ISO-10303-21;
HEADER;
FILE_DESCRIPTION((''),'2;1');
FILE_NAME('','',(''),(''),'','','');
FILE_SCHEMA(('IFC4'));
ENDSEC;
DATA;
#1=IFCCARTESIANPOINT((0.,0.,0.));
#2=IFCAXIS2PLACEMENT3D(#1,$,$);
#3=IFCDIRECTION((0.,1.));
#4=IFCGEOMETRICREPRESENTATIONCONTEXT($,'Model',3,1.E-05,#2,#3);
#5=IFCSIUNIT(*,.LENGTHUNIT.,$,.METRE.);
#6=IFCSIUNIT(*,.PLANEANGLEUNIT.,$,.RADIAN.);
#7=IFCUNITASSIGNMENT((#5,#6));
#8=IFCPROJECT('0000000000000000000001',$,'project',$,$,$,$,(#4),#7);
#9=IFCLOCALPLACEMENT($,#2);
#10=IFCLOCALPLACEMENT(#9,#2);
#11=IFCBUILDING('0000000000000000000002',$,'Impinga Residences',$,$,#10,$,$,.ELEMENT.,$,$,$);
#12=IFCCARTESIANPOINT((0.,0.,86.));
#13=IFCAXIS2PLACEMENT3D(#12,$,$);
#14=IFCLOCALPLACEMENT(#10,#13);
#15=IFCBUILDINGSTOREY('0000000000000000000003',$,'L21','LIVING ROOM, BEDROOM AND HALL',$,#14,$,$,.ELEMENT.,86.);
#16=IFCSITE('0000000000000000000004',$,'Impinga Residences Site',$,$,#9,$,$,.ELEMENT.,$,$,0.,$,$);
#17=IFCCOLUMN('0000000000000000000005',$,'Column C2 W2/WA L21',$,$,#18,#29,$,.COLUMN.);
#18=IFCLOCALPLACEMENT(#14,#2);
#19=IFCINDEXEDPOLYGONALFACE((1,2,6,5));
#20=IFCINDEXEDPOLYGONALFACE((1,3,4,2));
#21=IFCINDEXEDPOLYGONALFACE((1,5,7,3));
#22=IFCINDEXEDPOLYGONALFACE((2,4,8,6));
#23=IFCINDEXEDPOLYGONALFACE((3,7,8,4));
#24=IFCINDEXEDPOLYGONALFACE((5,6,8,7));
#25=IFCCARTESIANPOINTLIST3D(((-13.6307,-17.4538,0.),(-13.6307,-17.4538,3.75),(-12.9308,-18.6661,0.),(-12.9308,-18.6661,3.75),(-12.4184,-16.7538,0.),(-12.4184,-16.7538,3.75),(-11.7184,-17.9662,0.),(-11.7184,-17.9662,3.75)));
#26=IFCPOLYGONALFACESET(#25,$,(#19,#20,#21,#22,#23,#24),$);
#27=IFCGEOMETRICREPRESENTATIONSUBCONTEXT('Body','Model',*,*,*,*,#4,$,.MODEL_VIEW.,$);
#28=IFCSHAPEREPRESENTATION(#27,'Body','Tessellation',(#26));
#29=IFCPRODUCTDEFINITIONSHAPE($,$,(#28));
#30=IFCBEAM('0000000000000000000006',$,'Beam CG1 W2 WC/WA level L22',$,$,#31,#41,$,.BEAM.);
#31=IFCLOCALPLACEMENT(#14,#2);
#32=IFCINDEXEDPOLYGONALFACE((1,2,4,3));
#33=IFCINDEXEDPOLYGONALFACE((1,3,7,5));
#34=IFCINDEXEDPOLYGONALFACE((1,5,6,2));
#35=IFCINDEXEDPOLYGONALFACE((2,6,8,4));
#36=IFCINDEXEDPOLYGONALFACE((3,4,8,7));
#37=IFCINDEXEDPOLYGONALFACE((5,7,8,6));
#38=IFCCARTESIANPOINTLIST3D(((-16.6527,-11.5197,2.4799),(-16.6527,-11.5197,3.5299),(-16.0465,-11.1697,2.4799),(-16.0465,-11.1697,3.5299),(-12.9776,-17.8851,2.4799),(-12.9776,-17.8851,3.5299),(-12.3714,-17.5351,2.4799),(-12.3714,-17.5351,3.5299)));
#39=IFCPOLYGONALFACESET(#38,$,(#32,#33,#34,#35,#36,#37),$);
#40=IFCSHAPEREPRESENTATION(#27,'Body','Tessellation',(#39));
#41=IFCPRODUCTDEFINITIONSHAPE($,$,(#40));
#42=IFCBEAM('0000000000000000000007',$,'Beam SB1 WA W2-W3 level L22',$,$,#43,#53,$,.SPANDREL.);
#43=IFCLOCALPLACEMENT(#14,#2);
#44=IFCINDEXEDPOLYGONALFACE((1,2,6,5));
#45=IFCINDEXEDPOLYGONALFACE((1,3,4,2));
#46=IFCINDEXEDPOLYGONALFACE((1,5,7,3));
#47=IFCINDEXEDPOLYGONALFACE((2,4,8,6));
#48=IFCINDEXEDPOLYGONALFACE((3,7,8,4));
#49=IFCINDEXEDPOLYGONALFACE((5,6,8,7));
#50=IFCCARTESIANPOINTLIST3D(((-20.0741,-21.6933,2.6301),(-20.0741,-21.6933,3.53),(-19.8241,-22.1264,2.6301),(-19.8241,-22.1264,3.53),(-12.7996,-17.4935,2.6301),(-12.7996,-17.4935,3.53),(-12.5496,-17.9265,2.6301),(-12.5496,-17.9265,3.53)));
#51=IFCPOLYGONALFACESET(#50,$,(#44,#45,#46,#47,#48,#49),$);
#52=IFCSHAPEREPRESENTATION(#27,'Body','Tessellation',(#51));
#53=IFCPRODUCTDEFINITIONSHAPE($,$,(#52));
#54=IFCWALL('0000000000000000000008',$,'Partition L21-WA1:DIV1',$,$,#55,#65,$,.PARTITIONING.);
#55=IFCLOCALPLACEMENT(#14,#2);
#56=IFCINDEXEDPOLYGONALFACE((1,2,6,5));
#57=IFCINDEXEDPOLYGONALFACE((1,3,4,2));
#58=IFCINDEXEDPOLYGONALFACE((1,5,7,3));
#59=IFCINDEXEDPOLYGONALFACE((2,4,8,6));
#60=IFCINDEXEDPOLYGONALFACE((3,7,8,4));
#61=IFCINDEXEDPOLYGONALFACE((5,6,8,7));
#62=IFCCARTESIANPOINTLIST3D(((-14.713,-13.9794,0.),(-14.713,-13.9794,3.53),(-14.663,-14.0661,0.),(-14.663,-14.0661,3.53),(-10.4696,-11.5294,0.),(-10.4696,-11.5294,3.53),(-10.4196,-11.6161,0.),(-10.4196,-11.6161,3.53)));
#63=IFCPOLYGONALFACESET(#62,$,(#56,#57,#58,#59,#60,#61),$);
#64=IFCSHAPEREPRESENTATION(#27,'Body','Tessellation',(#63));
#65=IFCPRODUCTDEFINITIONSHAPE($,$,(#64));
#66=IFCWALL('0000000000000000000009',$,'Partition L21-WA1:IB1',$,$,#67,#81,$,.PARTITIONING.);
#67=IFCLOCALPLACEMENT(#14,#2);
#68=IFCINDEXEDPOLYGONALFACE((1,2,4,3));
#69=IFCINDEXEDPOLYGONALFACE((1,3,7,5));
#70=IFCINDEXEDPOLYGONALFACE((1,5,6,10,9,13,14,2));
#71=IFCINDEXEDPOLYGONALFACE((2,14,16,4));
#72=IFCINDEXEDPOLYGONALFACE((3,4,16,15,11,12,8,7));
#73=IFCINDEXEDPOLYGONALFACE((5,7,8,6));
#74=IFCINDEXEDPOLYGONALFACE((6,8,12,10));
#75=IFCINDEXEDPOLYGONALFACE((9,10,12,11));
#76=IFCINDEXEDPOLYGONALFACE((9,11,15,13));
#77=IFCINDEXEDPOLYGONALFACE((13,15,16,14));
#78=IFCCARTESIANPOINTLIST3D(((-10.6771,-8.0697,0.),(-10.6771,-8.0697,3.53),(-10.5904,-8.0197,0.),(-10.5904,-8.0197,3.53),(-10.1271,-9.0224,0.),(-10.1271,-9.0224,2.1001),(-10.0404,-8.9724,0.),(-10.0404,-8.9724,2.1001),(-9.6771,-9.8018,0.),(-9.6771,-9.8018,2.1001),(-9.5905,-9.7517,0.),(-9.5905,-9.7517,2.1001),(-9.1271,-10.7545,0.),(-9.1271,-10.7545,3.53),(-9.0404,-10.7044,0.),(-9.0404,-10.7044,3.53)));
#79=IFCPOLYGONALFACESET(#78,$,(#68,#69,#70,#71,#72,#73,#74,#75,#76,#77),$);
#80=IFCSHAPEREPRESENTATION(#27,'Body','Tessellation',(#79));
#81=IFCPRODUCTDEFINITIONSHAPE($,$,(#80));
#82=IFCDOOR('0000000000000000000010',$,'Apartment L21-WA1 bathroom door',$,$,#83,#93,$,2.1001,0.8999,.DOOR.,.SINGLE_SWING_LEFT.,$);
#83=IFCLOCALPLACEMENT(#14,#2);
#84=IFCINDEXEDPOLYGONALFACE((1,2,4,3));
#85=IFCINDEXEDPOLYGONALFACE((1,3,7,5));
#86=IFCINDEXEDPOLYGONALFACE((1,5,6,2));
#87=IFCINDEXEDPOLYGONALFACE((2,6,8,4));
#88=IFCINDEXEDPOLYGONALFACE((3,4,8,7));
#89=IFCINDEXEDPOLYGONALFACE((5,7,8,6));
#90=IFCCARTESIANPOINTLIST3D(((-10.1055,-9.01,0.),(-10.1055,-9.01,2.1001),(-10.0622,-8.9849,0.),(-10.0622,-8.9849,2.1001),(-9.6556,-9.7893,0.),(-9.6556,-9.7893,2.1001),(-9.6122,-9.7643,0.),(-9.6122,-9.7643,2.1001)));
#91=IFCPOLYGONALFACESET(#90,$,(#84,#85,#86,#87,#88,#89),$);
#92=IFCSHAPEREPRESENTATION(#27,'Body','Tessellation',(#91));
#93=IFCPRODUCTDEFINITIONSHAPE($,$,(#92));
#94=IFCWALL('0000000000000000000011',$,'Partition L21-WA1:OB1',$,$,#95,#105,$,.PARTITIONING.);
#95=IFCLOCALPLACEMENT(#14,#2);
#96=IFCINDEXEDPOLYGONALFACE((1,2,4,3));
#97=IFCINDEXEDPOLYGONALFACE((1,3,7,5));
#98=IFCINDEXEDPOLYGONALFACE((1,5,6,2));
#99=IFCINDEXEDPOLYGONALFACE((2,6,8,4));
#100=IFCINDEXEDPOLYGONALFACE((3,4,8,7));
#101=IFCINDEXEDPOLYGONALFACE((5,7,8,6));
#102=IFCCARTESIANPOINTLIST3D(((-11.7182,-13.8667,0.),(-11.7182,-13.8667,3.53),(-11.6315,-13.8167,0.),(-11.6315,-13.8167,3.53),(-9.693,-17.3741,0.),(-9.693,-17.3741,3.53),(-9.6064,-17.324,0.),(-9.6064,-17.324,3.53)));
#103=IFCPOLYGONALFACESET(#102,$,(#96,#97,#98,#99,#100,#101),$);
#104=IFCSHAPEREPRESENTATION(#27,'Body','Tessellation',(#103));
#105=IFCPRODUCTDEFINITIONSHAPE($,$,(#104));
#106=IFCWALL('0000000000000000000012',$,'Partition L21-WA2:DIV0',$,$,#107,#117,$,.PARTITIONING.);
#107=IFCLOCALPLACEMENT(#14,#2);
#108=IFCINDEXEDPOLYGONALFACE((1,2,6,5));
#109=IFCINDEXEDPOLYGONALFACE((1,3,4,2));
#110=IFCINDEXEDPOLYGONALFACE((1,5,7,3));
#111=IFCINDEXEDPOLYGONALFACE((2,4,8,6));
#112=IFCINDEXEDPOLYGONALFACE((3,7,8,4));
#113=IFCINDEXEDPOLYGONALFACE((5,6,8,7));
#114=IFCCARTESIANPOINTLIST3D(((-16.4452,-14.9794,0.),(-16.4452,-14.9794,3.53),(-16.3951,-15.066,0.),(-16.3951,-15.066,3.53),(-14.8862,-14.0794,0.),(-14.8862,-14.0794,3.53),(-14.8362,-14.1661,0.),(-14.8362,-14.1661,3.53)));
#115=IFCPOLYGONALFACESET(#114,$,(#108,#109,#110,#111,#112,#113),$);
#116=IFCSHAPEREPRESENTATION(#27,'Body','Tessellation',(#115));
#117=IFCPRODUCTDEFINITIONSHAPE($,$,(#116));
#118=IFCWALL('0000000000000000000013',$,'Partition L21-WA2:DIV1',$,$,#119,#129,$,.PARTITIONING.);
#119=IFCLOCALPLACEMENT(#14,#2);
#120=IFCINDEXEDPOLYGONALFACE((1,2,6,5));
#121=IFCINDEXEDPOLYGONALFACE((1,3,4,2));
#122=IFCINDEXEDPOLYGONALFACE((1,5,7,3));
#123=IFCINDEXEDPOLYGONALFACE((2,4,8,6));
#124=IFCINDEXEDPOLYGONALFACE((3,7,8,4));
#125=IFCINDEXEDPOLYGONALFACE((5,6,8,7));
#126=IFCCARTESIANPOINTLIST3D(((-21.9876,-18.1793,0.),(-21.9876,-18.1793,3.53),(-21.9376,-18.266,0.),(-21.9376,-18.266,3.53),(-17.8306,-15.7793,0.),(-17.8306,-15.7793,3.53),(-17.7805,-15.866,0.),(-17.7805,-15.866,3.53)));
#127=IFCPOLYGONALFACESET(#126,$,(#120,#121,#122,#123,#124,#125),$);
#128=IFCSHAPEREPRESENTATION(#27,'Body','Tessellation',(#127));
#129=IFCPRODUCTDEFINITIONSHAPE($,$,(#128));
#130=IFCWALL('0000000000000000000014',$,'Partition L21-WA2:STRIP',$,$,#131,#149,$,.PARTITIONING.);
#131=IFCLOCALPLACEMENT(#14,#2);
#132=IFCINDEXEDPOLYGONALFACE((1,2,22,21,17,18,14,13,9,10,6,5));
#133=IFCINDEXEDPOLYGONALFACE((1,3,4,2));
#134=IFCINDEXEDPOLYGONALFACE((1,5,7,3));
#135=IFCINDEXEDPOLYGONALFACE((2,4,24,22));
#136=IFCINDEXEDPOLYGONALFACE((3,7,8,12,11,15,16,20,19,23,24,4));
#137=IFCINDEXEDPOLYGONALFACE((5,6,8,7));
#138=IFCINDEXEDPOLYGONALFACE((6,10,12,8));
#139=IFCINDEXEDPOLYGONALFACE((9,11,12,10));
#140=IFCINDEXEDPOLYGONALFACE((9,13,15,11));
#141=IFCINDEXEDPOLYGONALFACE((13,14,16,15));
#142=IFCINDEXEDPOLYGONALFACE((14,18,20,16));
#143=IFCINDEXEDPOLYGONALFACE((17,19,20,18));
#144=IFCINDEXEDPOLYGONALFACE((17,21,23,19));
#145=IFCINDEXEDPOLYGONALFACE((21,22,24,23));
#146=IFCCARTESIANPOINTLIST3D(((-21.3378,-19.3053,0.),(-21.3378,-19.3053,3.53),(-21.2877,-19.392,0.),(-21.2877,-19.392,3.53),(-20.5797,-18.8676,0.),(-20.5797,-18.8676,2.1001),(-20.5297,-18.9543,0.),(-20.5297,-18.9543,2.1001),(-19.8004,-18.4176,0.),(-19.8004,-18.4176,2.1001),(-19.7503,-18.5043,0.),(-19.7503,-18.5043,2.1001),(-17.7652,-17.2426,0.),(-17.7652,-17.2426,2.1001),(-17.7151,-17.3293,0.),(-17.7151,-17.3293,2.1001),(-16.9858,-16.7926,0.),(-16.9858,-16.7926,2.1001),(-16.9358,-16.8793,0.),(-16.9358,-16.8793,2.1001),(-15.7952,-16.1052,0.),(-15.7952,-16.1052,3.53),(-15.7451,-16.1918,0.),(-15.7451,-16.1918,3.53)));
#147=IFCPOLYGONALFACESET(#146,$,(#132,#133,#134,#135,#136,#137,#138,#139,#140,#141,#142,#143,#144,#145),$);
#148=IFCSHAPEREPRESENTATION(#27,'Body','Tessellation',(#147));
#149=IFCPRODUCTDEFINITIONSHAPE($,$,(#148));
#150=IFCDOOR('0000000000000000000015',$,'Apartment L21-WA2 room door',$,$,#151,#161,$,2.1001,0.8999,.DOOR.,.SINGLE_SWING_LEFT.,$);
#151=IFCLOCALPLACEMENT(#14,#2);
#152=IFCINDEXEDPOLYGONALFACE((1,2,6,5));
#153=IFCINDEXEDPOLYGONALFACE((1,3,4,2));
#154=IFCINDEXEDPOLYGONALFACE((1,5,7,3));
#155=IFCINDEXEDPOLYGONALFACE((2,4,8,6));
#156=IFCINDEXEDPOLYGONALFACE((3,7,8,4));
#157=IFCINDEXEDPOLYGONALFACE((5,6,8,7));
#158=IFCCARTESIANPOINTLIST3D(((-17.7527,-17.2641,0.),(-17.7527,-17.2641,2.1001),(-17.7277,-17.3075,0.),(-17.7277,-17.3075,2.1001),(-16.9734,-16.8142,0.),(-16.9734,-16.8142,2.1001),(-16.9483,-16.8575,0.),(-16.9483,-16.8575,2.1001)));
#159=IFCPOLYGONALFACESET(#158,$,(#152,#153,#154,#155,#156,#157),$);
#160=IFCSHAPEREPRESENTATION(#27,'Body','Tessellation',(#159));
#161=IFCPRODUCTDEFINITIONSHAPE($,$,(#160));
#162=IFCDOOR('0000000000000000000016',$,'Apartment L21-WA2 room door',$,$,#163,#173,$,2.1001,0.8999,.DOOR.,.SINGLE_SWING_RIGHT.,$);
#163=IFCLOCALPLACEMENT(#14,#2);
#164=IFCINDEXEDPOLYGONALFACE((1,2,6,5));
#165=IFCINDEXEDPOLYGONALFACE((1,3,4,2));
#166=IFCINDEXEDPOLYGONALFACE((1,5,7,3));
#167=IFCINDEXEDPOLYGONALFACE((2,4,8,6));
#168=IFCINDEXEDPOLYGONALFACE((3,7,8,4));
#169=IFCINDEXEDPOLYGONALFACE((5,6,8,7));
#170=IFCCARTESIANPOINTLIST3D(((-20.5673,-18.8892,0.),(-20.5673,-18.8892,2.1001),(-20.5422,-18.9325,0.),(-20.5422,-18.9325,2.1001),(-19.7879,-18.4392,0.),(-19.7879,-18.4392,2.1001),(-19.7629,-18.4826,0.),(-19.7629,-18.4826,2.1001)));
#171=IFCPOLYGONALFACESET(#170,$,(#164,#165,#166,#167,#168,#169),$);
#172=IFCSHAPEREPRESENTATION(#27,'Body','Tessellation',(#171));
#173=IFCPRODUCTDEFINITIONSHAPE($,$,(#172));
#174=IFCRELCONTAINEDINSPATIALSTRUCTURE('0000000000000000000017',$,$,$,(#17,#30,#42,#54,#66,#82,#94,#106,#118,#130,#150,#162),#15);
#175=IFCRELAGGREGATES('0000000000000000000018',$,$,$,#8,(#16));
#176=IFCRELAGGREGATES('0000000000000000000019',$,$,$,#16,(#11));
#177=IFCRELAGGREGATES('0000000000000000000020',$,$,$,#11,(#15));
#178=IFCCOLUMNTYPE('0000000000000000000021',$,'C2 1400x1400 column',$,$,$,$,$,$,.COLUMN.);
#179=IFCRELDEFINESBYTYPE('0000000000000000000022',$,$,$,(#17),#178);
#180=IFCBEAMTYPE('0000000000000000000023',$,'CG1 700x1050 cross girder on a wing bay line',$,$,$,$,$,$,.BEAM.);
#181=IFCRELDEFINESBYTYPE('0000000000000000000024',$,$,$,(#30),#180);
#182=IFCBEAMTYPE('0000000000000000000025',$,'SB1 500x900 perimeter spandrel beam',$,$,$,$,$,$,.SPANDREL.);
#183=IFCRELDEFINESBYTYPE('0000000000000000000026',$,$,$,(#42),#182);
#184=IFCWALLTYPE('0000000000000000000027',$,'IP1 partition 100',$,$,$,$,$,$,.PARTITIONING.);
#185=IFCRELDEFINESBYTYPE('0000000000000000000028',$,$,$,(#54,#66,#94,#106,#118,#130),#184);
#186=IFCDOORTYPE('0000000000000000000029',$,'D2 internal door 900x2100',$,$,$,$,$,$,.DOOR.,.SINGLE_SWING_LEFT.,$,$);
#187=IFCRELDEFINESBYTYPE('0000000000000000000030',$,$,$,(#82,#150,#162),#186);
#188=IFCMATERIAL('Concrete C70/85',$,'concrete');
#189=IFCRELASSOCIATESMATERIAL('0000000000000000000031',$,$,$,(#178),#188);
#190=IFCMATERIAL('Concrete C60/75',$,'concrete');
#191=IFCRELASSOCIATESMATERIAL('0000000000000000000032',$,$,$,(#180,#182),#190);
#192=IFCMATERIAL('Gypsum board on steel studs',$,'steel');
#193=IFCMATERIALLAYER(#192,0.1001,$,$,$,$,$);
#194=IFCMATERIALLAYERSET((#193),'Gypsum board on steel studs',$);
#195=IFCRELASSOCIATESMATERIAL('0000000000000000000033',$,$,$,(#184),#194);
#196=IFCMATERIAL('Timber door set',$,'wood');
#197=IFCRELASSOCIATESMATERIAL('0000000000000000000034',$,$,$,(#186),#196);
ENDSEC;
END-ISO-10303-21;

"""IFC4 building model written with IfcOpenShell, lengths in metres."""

from ifc_helpers import new_model, si_unit, direction, frame, frame_2d, origin, origin_2d, place, context, subcontext, project, spatial, rectangle, extrude, material, layer, layer_set, material_profile, profile_set, type_object, element, fill, save


model = new_model("IFC4")

# Units and contexts
model_context = context("Model", 3, precision=1e-05, world=origin(), true_north=direction((0.0, 1.0)))
body_context = subcontext(model_context, "Body", "Model", "MODEL_VIEW")
ifc_project = project(units=[si_unit("LENGTHUNIT", "METRE"), si_unit("PLANEANGLEUNIT", "RADIAN")], contexts=[model_context])

# Site, building, storey
site_placement = place(None, origin())
site = spatial("IfcSite", under=ifc_project, at=site_placement, Name="Impinga Residences Site", CompositionType="ELEMENT", RefElevation=0.0)
building_placement = place(site_placement, origin())
building = spatial("IfcBuilding", under=site, at=building_placement, Name="Impinga Residences", CompositionType="ELEMENT")
storey_placement = place(building_placement, frame((0.0, 0.0, 86.0)))
storey = spatial("IfcBuildingStorey", under=building, at=storey_placement, Name="L21", Description="LIVING ROOM, BEDROOM AND HALL", CompositionType="ELEMENT", Elevation=86.0)

# Column
ifc_material_1 = material(Name="Concrete C70/85", Category="concrete")
ifc_material_profile_1 = material_profile(ifc_material_1, rectangle(XDim=1.3999, YDim=1.3999, at=origin_2d()), Name="RC 1400x1400")
ifc_profile_set_1 = profile_set([ifc_material_profile_1], Name="Concrete C70/85")
column_type = type_object("IfcColumnType", Name="C2 1400x1400 column", PredefinedType="COLUMN", material=ifc_profile_set_1)
column_placement = place(storey_placement, frame((-12.6746, -17.71, 0.0), z_axis=(0.0, 0.0, 1.0), x_axis=(-0.5, 0.866025, 0.0)))
element("IfcColumn", 1, at=column_placement, inside=storey, type_object=column_type, Name="Column C2 W2/WA L21", PredefinedType="COLUMN", context=body_context, shape_type="SweptSolid", body=[
    extrude(rectangle(XDim=1.3999, YDim=1.3999, at=origin_2d()), origin(), (0.0, 0.0, 1.0), 3.75),
])

# Beams
ifc_material_2 = material(Name="Concrete C60/75", Category="concrete")
ifc_material_profile_2 = material_profile(ifc_material_2, rectangle(XDim=0.7, YDim=1.05, at=origin_2d()), Name="RC 700x1050")
ifc_profile_set_2 = profile_set([ifc_material_profile_2], Name="Concrete C60/75")
beam_type_1 = type_object("IfcBeamType", Name="CG1 700x1050 cross girder on a wing bay line", PredefinedType="BEAM", material=ifc_profile_set_2)
beam_1_placement = place(storey_placement, frame((-16.3496, -11.3447, 3.0049), z_axis=(0.500008, -0.866021, 0.0), x_axis=(0.866021, 0.500008, 0.0)))
element("IfcBeam", 2, at=beam_1_placement, inside=storey, type_object=beam_type_1, Name="Beam CG1 W2 WC/WA level L22", PredefinedType="BEAM", context=body_context, shape_type="SweptSolid", body=[
    extrude(rectangle(XDim=0.7, YDim=1.05, at=origin_2d()), origin(), (0.0, 0.0, 1.0), 7.3501),
])
ifc_material_profile_3 = material_profile(ifc_material_2, rectangle(XDim=0.5, YDim=0.8999, at=origin_2d()), Name="RC 500x900")
ifc_profile_set_3 = profile_set([ifc_material_profile_3], Name="Concrete C60/75")
beam_type_2 = type_object("IfcBeamType", Name="SB1 500x900 perimeter spandrel beam", PredefinedType="SPANDREL", material=ifc_profile_set_3)
beam_2_placement = place(storey_placement, frame((-12.6746, -17.71, 3.0801), z_axis=(-0.866029, -0.499993, 0.0), x_axis=(0.499993, -0.866029, 0.0)))
element("IfcBeam", 3, at=beam_2_placement, inside=storey, type_object=beam_type_2, Name="Beam SB1 WA W2-W3 level L22", PredefinedType="SPANDREL", context=body_context, shape_type="SweptSolid", body=[
    extrude(rectangle(XDim=0.5, YDim=0.8999, at=origin_2d()), origin(), (0.0, 0.0, 1.0), 8.3999),
])

# Wall
ifc_material_3 = material(Name="Gypsum board on steel studs", Category="steel")
ifc_layer_1 = layer(ifc_material_3, 0.1001)
ifc_layer_set_1 = layer_set([ifc_layer_1], Name="Gypsum board on steel studs")
wall_type_1 = type_object("IfcWallType", Name="IP1 partition 100", PredefinedType="PARTITIONING", material=ifc_layer_set_1)
wall_1_placement = place(storey_placement, frame((-10.4446, -11.5728, 0.0), z_axis=(0.0, 0.0, 1.0), x_axis=(-0.866024, -0.500003, 0.0)))
element("IfcWall", 4, at=wall_1_placement, inside=storey, type_object=wall_type_1, Name="Partition L21-WA1:DIV1", PredefinedType="PARTITIONING", context=body_context, shape_type="SweptSolid", body=[
    extrude(rectangle(XDim=4.8999, YDim=0.1001, at=frame_2d((2.45, 0.0))), origin(), (0.0, 0.0, 1.0), 3.53),
])

# Wall, opening, door
wall_2_placement = place(storey_placement, frame((-10.6338, -8.0447, 0.0), z_axis=(0.0, 0.0, 1.0), x_axis=(0.499993, -0.86603, 0.0)))
wall_2 = element("IfcWall", 5, at=wall_2_placement, inside=storey, type_object=wall_type_1, Name="Partition L21-WA1:IB1", PredefinedType="PARTITIONING", context=body_context, shape_type="SweptSolid", body=[
    extrude(rectangle(XDim=3.1001, YDim=0.1001, at=frame_2d((1.55, 0.0))), origin(), (0.0, 0.0, 1.0), 3.53),
])
opening_1_placement = place(wall_2_placement, frame((1.1001, 0.0, 0.0)))
opening_1 = element("IfcOpeningElement", 6, at=opening_1_placement, cuts=wall_2, PredefinedType="OPENING", context=body_context, shape_type="SweptSolid", body=[
    extrude(rectangle(XDim=0.8999, YDim=2.1001, at=frame_2d((0.45, 1.05))), frame((0.0, 0.0601, 0.0), z_axis=(0.0, -1.0, 0.0), x_axis=(1.0, 0.0, 0.0)), (0.0, 0.0, 1.0), 0.1201),
])
ifc_material_4 = material(Name="Timber door set", Category="wood")
door_type = type_object("IfcDoorType", Name="D2 internal door 900x2100", OperationType="SINGLE_SWING_LEFT", PredefinedType="DOOR", material=ifc_material_4)
door_1_placement = place(opening_1_placement, origin())
door_1 = element("IfcDoor", 7, at=door_1_placement, inside=storey, type_object=door_type, Name="Apartment L21-WA1 bathroom door", OperationType="SINGLE_SWING_LEFT", OverallHeight=2.1001, OverallWidth=0.8999, PredefinedType="DOOR", context=body_context, shape_type="SweptSolid", body=[
    extrude(rectangle(XDim=0.8999, YDim=2.1001, at=frame_2d((0.45, 1.05))), frame((0.0, 0.0249, 0.0), z_axis=(0.0, -1.0, 0.0), x_axis=(1.0, 0.0, 0.0)), (0.0, 0.0, 1.0), 0.05),
])
fill(opening_1, door_1)

# Walls
wall_3_placement = place(storey_placement, frame((-11.6748, -13.8418, 0.0), z_axis=(0.0, 0.0, 1.0), x_axis=(0.500036, -0.866005, 0.0)))
element("IfcWall", 8, at=wall_3_placement, inside=storey, type_object=wall_type_1, Name="Partition L21-WA1:OB1", PredefinedType="PARTITIONING", context=body_context, shape_type="SweptSolid", body=[
    extrude(rectangle(XDim=4.05, YDim=0.1001, at=frame_2d((2.0249, 0.0))), origin(), (0.0, 0.0, 1.0), 3.53),
])
wall_4_placement = place(storey_placement, frame((-14.8613, -14.1228, 0.0), z_axis=(0.0, 0.0, 1.0), x_axis=(-0.866048, -0.499961, 0.0)))
element("IfcWall", 9, at=wall_4_placement, inside=storey, type_object=wall_type_1, Name="Partition L21-WA2:DIV0", PredefinedType="PARTITIONING", context=body_context, shape_type="SweptSolid", body=[
    extrude(rectangle(XDim=1.8, YDim=0.1001, at=frame_2d((0.8999, 0.0))), origin(), (0.0, 0.0, 1.0), 3.53),
])
wall_5_placement = place(storey_placement, frame((-17.8057, -15.8228, 0.0), z_axis=(0.0, 0.0, 1.0), x_axis=(-0.866037, -0.499979, 0.0)))
element("IfcWall", 10, at=wall_5_placement, inside=storey, type_object=wall_type_1, Name="Partition L21-WA2:DIV1", PredefinedType="PARTITIONING", context=body_context, shape_type="SweptSolid", body=[
    extrude(rectangle(XDim=4.8, YDim=0.1001, at=frame_2d((2.3999, 0.0))), origin(), (0.0, 0.0, 1.0), 3.53),
])

# Wall, openings, doors
wall_6_placement = place(storey_placement, frame((-15.77, -16.1484, 0.0), z_axis=(0.0, 0.0, 1.0), x_axis=(-0.866019, -0.500012, 0.0)))
wall_6 = element("IfcWall", 11, at=wall_6_placement, inside=storey, type_object=wall_type_1, Name="Partition L21-WA2:STRIP", PredefinedType="PARTITIONING", context=body_context, shape_type="SweptSolid", body=[
    extrude(rectangle(XDim=6.4001, YDim=0.1001, at=frame_2d((3.2002, 0.0))), origin(), (0.0, 0.0, 1.0), 3.53),
])
opening_2_placement = place(wall_6_placement, frame((1.375, 0.0, 0.0)))
opening_2 = element("IfcOpeningElement", 12, at=opening_2_placement, cuts=wall_6, PredefinedType="OPENING", context=body_context, shape_type="SweptSolid", body=[
    extrude(rectangle(XDim=0.8999, YDim=2.1001, at=frame_2d((0.45, 1.05))), frame((0.0, 0.0601, 0.0), z_axis=(0.0, -1.0, 0.0), x_axis=(1.0, 0.0, 0.0)), (0.0, 0.0, 1.0), 0.1201),
])
opening_3_placement = place(wall_6_placement, frame((4.625, 0.0, 0.0)))
opening_3 = element("IfcOpeningElement", 13, at=opening_3_placement, cuts=wall_6, PredefinedType="OPENING", context=body_context, shape_type="SweptSolid", body=[
    extrude(rectangle(XDim=0.8999, YDim=2.1001, at=frame_2d((0.45, 1.05))), frame((0.0, 0.0601, 0.0), z_axis=(0.0, -1.0, 0.0), x_axis=(1.0, 0.0, 0.0)), (0.0, 0.0, 1.0), 0.1201),
])
door_2_placement = place(opening_2_placement, origin())
door_2 = element("IfcDoor", 14, at=door_2_placement, inside=storey, type_object=door_type, Name="Apartment L21-WA2 room door", OperationType="SINGLE_SWING_LEFT", OverallHeight=2.1001, OverallWidth=0.8999, PredefinedType="DOOR", context=body_context, shape_type="SweptSolid", body=[
    extrude(rectangle(XDim=0.8999, YDim=2.1001, at=frame_2d((0.45, 1.05))), frame((0.0, 0.0249, 0.0), z_axis=(0.0, -1.0, 0.0), x_axis=(1.0, 0.0, 0.0)), (0.0, 0.0, 1.0), 0.05),
])
fill(opening_2, door_2)
door_3_placement = place(opening_3_placement, origin())
door_3 = element("IfcDoor", 15, at=door_3_placement, inside=storey, type_object=door_type, Name="Apartment L21-WA2 room door", OperationType="SINGLE_SWING_RIGHT", OverallHeight=2.1001, OverallWidth=0.8999, PredefinedType="DOOR", context=body_context, shape_type="SweptSolid", body=[
    extrude(rectangle(XDim=0.8999, YDim=2.1001, at=frame_2d((0.45, 1.05))), frame((0.0, 0.0249, 0.0), z_axis=(0.0, -1.0, 0.0), x_axis=(1.0, 0.0, 0.0)), (0.0, 0.0, 1.0), 0.05),
])
fill(opening_3, door_3)

save(model, "model.ifc")
